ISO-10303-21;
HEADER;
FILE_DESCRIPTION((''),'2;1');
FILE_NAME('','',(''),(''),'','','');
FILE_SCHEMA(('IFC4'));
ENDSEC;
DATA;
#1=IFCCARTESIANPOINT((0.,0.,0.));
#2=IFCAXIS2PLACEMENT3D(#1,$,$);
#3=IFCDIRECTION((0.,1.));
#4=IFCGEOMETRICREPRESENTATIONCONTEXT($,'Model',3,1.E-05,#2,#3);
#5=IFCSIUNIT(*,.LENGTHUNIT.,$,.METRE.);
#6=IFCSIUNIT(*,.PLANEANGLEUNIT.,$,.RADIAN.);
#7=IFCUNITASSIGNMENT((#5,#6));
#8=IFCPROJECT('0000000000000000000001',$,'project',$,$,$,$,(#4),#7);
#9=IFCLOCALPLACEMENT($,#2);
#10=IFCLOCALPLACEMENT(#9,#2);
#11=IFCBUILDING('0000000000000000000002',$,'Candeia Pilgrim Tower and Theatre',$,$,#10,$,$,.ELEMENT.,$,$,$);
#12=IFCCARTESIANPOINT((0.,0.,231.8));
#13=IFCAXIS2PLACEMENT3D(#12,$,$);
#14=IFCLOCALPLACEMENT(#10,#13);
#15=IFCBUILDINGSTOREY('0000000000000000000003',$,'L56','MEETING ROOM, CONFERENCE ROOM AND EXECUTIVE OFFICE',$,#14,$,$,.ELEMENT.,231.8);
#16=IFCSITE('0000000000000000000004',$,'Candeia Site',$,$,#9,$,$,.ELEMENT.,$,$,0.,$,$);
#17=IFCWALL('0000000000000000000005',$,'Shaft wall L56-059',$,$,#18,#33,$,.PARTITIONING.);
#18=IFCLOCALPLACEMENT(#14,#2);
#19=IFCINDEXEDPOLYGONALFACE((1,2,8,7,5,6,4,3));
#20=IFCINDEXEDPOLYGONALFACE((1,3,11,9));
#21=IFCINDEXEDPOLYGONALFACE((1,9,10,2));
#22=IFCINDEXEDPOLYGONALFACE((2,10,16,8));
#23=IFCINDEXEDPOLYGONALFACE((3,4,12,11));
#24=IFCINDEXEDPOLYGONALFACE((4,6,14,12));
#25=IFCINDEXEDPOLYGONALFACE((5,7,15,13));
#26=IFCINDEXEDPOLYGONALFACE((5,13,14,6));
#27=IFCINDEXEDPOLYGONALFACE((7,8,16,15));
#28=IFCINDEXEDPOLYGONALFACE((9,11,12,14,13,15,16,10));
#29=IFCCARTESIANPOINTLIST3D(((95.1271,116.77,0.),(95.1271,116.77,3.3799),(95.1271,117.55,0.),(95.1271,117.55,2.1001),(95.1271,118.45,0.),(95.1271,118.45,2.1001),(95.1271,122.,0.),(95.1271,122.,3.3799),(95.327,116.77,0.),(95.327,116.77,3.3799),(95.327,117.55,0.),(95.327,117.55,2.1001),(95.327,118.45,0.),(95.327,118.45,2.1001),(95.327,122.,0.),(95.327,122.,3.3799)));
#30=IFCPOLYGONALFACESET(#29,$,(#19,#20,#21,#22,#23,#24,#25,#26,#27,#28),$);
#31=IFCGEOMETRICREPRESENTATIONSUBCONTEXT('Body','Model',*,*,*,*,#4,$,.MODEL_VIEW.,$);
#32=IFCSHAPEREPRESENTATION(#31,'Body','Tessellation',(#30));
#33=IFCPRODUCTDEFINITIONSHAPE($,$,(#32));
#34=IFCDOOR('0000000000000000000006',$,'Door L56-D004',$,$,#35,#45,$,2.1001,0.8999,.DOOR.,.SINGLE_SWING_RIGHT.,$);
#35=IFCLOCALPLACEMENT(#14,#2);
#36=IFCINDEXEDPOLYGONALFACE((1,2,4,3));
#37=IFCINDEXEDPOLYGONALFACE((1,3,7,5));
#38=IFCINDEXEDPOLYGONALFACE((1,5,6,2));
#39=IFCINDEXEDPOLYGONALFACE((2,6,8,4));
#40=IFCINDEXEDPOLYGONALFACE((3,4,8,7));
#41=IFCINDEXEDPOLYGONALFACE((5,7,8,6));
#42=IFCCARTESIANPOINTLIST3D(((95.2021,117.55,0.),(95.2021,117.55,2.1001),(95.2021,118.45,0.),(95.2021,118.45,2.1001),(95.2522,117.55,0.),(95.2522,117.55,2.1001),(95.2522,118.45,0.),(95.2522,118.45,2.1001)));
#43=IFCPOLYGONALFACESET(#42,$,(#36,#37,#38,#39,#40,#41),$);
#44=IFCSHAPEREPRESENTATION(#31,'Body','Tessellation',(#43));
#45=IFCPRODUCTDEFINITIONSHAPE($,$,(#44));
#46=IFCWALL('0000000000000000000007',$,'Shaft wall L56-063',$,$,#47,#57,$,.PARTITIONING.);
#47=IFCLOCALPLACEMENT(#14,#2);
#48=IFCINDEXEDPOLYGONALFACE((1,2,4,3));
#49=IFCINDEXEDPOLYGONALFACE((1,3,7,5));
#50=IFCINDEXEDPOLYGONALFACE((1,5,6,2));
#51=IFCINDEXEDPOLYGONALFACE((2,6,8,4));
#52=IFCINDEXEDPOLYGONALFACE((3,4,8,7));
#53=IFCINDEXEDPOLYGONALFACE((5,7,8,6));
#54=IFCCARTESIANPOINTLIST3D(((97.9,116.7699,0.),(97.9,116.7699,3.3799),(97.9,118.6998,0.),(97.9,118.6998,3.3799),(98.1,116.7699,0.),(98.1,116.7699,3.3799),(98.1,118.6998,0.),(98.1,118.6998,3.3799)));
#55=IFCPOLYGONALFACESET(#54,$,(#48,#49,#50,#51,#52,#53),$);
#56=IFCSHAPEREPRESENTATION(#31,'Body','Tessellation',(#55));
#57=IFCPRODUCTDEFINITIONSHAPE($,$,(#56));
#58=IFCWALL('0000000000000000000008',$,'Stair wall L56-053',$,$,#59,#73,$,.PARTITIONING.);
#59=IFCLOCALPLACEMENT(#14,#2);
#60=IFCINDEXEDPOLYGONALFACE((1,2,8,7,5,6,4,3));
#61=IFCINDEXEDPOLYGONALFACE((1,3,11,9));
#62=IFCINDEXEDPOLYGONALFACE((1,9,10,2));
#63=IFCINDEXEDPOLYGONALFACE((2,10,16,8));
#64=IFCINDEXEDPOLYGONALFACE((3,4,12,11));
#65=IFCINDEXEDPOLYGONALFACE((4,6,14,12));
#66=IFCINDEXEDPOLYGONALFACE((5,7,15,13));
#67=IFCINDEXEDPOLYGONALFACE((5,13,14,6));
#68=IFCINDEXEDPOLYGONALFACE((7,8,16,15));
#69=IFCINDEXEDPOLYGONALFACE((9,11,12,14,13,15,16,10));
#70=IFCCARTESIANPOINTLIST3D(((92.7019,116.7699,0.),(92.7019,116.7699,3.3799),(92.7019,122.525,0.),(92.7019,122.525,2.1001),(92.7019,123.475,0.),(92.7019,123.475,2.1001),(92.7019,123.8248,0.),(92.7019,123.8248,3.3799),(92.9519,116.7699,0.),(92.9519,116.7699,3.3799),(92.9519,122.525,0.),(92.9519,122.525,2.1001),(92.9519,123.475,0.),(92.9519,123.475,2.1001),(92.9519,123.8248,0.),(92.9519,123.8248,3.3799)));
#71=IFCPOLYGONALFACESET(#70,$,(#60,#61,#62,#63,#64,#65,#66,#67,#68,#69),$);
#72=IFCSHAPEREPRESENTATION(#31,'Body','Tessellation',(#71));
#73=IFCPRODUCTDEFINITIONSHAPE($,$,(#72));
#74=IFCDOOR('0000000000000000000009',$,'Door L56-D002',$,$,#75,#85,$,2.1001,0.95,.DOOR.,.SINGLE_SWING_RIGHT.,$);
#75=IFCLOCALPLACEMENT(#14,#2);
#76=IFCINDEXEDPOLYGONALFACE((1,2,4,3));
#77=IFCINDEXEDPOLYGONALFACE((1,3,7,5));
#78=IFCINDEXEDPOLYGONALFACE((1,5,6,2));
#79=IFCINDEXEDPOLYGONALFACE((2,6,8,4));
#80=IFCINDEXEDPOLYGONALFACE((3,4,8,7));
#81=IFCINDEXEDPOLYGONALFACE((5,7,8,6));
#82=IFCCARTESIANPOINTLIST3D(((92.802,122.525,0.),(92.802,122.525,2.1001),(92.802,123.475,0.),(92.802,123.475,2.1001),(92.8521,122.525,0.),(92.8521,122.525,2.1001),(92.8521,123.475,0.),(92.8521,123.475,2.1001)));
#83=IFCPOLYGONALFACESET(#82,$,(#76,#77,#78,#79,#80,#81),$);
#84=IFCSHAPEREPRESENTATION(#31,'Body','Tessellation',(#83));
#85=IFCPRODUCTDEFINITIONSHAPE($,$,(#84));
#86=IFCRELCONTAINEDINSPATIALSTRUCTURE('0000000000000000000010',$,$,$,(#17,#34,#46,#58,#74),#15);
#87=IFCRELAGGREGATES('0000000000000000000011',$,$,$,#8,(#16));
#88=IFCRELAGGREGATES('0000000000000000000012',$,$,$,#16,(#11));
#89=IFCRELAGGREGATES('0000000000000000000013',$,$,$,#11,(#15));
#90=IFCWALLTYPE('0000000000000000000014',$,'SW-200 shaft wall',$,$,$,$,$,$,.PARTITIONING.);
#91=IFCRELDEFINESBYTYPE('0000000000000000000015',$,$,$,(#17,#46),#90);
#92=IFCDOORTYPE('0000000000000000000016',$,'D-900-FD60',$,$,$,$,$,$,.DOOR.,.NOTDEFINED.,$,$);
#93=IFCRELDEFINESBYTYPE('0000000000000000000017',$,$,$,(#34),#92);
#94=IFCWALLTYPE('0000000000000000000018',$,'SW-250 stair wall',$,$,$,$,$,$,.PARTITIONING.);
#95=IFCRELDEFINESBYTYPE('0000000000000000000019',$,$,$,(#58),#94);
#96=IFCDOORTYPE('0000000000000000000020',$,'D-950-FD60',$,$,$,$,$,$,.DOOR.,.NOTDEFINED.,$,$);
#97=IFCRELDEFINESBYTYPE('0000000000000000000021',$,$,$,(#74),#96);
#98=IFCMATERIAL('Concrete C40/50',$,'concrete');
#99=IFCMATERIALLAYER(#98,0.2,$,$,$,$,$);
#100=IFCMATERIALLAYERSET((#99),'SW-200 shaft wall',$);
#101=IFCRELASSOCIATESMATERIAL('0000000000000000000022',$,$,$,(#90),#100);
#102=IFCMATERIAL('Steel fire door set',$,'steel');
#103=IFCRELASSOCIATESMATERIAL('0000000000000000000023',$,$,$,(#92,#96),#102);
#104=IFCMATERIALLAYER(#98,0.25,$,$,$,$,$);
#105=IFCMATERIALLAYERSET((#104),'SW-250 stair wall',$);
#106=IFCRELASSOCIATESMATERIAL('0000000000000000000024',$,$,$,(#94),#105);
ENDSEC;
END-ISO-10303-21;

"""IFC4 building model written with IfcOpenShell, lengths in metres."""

from ifc_helpers import new_model, si_unit, direction, frame, frame_2d, origin, place, context, subcontext, project, spatial, rectangle, extrude, material, layer, layer_set, type_object, element, fill, save


model = new_model("IFC4")

# Units and contexts
model_context = context("Model", 3, precision=1e-05, world=origin(), true_north=direction((0.0, 1.0)))
body_context = subcontext(model_context, "Body", "Model", "MODEL_VIEW")
ifc_project = project(units=[si_unit("LENGTHUNIT", "METRE"), si_unit("PLANEANGLEUNIT", "RADIAN")], contexts=[model_context])

# Site, building, storey
site_placement = place(None, origin())
site = spatial("IfcSite", under=ifc_project, at=site_placement, Name="Candeia Site", CompositionType="ELEMENT", RefElevation=0.0)
building_placement = place(site_placement, origin())
building = spatial("IfcBuilding", under=site, at=building_placement, Name="Candeia Pilgrim Tower and Theatre", CompositionType="ELEMENT")
storey_placement = place(building_placement, frame((0.0, 0.0, 231.8)))
storey = spatial("IfcBuildingStorey", under=building, at=storey_placement, Name="L56", Description="MEETING ROOM, CONFERENCE ROOM AND EXECUTIVE OFFICE", CompositionType="ELEMENT", Elevation=231.8)

# Shared definitions
ifc_material_1 = material(Name="Steel fire door set", Category="steel")

# Shared definitions
ifc_material_2 = material(Name="Concrete C40/50", Category="concrete")
ifc_layer_1 = layer(ifc_material_2, 0.2)
ifc_layer_set_1 = layer_set([ifc_layer_1], Name="SW-200 shaft wall")
wall_type_1 = type_object("IfcWallType", Name="SW-200 shaft wall", PredefinedType="PARTITIONING", material=ifc_layer_set_1)
door_type_1 = type_object("IfcDoorType", Name="D-900-FD60", OperationType="NOTDEFINED", PredefinedType="DOOR", material=ifc_material_1)

# Wall, opening, door
wall_1_placement = place(storey_placement, frame((95.2271, 116.77, 0.0), z_axis=(0.0, 0.0, 1.0), x_axis=(0.0, 1.0, 0.0)))
wall_1 = element("IfcWall", 1, at=wall_1_placement, inside=storey, type_object=wall_type_1, Name="Shaft wall L56-059", PredefinedType="PARTITIONING", context=body_context, shape_type="SweptSolid", body=[
    extrude(rectangle(XDim=5.23, YDim=0.2, at=frame_2d((2.615, 0.0))), origin(), (0.0, 0.0, 1.0), 3.3799),
])
opening_1_placement = place(wall_1_placement, frame((0.78, 0.0, 0.0)))
opening_1 = element("IfcOpeningElement", 2, at=opening_1_placement, cuts=wall_1, PredefinedType="OPENING", context=body_context, shape_type="SweptSolid", body=[
    extrude(rectangle(XDim=0.8999, YDim=2.1001, at=frame_2d((0.45, 1.05))), frame((0.0, 0.1099, 0.0), z_axis=(0.0, -1.0, 0.0), x_axis=(1.0, 0.0, 0.0)), (0.0, 0.0, 1.0), 0.22),
])
door_1_placement = place(opening_1_placement, origin())
door_1 = element("IfcDoor", 3, at=door_1_placement, inside=storey, type_object=door_type_1, Name="Door L56-D004", OperationType="SINGLE_SWING_RIGHT", OverallHeight=2.1001, OverallWidth=0.8999, PredefinedType="DOOR", context=body_context, shape_type="SweptSolid", body=[
    extrude(rectangle(XDim=0.8999, YDim=2.1001, at=frame_2d((0.45, 1.05))), frame((0.0, 0.0249, 0.0), z_axis=(0.0, -1.0, 0.0), x_axis=(1.0, 0.0, 0.0)), (0.0, 0.0, 1.0), 0.05),
])
fill(opening_1, door_1)

# Wall
wall_2_placement = place(storey_placement, frame((98.0, 116.77, 0.0), z_axis=(0.0, 0.0, 1.0), x_axis=(0.0, 1.0, 0.0)))
element("IfcWall", 4, at=wall_2_placement, inside=storey, type_object=wall_type_1, Name="Shaft wall L56-063", PredefinedType="PARTITIONING", context=body_context, shape_type="SweptSolid", body=[
    extrude(rectangle(XDim=1.9299, YDim=0.2, at=frame_2d((0.9648, 0.0))), origin(), (0.0, 0.0, 1.0), 3.3799),
])

# Wall, opening, door
ifc_layer_2 = layer(ifc_material_2, 0.25)
ifc_layer_set_2 = layer_set([ifc_layer_2], Name="SW-250 stair wall")
wall_type_2 = type_object("IfcWallType", Name="SW-250 stair wall", PredefinedType="PARTITIONING", material=ifc_layer_set_2)
wall_3_placement = place(storey_placement, frame((92.8269, 116.77, 0.0), z_axis=(0.0, 0.0, 1.0), x_axis=(0.0, 1.0, 0.0)))
wall_3 = element("IfcWall", 5, at=wall_3_placement, inside=storey, type_object=wall_type_2, Name="Stair wall L56-053", PredefinedType="PARTITIONING", context=body_context, shape_type="SweptSolid", body=[
    extrude(rectangle(XDim=7.0549, YDim=0.25, at=frame_2d((3.5273, 0.0))), origin(), (0.0, 0.0, 1.0), 3.3799),
])
opening_2_placement = place(wall_3_placement, frame((5.7549, 0.0, 0.0)))
opening_2 = element("IfcOpeningElement", 6, at=opening_2_placement, cuts=wall_3, PredefinedType="OPENING", context=body_context, shape_type="SweptSolid", body=[
    extrude(rectangle(XDim=0.95, YDim=2.1001, at=frame_2d((0.4751, 1.05))), frame((0.0, 0.135, 0.0), z_axis=(0.0, -1.0, 0.0), x_axis=(1.0, 0.0, 0.0)), (0.0, 0.0, 1.0), 0.27),
])
door_type_2 = type_object("IfcDoorType", Name="D-950-FD60", OperationType="NOTDEFINED", PredefinedType="DOOR", material=ifc_material_1)
door_2_placement = place(opening_2_placement, origin())
door_2 = element("IfcDoor", 7, at=door_2_placement, inside=storey, type_object=door_type_2, Name="Door L56-D002", OperationType="SINGLE_SWING_RIGHT", OverallHeight=2.1001, OverallWidth=0.95, PredefinedType="DOOR", context=body_context, shape_type="SweptSolid", body=[
    extrude(rectangle(XDim=0.95, YDim=2.1001, at=frame_2d((0.4751, 1.05))), frame((0.0, 0.0249, 0.0), z_axis=(0.0, -1.0, 0.0), x_axis=(1.0, 0.0, 0.0)), (0.0, 0.0, 1.0), 0.05),
])
fill(opening_2, door_2)

save(model, "model.ifc")
